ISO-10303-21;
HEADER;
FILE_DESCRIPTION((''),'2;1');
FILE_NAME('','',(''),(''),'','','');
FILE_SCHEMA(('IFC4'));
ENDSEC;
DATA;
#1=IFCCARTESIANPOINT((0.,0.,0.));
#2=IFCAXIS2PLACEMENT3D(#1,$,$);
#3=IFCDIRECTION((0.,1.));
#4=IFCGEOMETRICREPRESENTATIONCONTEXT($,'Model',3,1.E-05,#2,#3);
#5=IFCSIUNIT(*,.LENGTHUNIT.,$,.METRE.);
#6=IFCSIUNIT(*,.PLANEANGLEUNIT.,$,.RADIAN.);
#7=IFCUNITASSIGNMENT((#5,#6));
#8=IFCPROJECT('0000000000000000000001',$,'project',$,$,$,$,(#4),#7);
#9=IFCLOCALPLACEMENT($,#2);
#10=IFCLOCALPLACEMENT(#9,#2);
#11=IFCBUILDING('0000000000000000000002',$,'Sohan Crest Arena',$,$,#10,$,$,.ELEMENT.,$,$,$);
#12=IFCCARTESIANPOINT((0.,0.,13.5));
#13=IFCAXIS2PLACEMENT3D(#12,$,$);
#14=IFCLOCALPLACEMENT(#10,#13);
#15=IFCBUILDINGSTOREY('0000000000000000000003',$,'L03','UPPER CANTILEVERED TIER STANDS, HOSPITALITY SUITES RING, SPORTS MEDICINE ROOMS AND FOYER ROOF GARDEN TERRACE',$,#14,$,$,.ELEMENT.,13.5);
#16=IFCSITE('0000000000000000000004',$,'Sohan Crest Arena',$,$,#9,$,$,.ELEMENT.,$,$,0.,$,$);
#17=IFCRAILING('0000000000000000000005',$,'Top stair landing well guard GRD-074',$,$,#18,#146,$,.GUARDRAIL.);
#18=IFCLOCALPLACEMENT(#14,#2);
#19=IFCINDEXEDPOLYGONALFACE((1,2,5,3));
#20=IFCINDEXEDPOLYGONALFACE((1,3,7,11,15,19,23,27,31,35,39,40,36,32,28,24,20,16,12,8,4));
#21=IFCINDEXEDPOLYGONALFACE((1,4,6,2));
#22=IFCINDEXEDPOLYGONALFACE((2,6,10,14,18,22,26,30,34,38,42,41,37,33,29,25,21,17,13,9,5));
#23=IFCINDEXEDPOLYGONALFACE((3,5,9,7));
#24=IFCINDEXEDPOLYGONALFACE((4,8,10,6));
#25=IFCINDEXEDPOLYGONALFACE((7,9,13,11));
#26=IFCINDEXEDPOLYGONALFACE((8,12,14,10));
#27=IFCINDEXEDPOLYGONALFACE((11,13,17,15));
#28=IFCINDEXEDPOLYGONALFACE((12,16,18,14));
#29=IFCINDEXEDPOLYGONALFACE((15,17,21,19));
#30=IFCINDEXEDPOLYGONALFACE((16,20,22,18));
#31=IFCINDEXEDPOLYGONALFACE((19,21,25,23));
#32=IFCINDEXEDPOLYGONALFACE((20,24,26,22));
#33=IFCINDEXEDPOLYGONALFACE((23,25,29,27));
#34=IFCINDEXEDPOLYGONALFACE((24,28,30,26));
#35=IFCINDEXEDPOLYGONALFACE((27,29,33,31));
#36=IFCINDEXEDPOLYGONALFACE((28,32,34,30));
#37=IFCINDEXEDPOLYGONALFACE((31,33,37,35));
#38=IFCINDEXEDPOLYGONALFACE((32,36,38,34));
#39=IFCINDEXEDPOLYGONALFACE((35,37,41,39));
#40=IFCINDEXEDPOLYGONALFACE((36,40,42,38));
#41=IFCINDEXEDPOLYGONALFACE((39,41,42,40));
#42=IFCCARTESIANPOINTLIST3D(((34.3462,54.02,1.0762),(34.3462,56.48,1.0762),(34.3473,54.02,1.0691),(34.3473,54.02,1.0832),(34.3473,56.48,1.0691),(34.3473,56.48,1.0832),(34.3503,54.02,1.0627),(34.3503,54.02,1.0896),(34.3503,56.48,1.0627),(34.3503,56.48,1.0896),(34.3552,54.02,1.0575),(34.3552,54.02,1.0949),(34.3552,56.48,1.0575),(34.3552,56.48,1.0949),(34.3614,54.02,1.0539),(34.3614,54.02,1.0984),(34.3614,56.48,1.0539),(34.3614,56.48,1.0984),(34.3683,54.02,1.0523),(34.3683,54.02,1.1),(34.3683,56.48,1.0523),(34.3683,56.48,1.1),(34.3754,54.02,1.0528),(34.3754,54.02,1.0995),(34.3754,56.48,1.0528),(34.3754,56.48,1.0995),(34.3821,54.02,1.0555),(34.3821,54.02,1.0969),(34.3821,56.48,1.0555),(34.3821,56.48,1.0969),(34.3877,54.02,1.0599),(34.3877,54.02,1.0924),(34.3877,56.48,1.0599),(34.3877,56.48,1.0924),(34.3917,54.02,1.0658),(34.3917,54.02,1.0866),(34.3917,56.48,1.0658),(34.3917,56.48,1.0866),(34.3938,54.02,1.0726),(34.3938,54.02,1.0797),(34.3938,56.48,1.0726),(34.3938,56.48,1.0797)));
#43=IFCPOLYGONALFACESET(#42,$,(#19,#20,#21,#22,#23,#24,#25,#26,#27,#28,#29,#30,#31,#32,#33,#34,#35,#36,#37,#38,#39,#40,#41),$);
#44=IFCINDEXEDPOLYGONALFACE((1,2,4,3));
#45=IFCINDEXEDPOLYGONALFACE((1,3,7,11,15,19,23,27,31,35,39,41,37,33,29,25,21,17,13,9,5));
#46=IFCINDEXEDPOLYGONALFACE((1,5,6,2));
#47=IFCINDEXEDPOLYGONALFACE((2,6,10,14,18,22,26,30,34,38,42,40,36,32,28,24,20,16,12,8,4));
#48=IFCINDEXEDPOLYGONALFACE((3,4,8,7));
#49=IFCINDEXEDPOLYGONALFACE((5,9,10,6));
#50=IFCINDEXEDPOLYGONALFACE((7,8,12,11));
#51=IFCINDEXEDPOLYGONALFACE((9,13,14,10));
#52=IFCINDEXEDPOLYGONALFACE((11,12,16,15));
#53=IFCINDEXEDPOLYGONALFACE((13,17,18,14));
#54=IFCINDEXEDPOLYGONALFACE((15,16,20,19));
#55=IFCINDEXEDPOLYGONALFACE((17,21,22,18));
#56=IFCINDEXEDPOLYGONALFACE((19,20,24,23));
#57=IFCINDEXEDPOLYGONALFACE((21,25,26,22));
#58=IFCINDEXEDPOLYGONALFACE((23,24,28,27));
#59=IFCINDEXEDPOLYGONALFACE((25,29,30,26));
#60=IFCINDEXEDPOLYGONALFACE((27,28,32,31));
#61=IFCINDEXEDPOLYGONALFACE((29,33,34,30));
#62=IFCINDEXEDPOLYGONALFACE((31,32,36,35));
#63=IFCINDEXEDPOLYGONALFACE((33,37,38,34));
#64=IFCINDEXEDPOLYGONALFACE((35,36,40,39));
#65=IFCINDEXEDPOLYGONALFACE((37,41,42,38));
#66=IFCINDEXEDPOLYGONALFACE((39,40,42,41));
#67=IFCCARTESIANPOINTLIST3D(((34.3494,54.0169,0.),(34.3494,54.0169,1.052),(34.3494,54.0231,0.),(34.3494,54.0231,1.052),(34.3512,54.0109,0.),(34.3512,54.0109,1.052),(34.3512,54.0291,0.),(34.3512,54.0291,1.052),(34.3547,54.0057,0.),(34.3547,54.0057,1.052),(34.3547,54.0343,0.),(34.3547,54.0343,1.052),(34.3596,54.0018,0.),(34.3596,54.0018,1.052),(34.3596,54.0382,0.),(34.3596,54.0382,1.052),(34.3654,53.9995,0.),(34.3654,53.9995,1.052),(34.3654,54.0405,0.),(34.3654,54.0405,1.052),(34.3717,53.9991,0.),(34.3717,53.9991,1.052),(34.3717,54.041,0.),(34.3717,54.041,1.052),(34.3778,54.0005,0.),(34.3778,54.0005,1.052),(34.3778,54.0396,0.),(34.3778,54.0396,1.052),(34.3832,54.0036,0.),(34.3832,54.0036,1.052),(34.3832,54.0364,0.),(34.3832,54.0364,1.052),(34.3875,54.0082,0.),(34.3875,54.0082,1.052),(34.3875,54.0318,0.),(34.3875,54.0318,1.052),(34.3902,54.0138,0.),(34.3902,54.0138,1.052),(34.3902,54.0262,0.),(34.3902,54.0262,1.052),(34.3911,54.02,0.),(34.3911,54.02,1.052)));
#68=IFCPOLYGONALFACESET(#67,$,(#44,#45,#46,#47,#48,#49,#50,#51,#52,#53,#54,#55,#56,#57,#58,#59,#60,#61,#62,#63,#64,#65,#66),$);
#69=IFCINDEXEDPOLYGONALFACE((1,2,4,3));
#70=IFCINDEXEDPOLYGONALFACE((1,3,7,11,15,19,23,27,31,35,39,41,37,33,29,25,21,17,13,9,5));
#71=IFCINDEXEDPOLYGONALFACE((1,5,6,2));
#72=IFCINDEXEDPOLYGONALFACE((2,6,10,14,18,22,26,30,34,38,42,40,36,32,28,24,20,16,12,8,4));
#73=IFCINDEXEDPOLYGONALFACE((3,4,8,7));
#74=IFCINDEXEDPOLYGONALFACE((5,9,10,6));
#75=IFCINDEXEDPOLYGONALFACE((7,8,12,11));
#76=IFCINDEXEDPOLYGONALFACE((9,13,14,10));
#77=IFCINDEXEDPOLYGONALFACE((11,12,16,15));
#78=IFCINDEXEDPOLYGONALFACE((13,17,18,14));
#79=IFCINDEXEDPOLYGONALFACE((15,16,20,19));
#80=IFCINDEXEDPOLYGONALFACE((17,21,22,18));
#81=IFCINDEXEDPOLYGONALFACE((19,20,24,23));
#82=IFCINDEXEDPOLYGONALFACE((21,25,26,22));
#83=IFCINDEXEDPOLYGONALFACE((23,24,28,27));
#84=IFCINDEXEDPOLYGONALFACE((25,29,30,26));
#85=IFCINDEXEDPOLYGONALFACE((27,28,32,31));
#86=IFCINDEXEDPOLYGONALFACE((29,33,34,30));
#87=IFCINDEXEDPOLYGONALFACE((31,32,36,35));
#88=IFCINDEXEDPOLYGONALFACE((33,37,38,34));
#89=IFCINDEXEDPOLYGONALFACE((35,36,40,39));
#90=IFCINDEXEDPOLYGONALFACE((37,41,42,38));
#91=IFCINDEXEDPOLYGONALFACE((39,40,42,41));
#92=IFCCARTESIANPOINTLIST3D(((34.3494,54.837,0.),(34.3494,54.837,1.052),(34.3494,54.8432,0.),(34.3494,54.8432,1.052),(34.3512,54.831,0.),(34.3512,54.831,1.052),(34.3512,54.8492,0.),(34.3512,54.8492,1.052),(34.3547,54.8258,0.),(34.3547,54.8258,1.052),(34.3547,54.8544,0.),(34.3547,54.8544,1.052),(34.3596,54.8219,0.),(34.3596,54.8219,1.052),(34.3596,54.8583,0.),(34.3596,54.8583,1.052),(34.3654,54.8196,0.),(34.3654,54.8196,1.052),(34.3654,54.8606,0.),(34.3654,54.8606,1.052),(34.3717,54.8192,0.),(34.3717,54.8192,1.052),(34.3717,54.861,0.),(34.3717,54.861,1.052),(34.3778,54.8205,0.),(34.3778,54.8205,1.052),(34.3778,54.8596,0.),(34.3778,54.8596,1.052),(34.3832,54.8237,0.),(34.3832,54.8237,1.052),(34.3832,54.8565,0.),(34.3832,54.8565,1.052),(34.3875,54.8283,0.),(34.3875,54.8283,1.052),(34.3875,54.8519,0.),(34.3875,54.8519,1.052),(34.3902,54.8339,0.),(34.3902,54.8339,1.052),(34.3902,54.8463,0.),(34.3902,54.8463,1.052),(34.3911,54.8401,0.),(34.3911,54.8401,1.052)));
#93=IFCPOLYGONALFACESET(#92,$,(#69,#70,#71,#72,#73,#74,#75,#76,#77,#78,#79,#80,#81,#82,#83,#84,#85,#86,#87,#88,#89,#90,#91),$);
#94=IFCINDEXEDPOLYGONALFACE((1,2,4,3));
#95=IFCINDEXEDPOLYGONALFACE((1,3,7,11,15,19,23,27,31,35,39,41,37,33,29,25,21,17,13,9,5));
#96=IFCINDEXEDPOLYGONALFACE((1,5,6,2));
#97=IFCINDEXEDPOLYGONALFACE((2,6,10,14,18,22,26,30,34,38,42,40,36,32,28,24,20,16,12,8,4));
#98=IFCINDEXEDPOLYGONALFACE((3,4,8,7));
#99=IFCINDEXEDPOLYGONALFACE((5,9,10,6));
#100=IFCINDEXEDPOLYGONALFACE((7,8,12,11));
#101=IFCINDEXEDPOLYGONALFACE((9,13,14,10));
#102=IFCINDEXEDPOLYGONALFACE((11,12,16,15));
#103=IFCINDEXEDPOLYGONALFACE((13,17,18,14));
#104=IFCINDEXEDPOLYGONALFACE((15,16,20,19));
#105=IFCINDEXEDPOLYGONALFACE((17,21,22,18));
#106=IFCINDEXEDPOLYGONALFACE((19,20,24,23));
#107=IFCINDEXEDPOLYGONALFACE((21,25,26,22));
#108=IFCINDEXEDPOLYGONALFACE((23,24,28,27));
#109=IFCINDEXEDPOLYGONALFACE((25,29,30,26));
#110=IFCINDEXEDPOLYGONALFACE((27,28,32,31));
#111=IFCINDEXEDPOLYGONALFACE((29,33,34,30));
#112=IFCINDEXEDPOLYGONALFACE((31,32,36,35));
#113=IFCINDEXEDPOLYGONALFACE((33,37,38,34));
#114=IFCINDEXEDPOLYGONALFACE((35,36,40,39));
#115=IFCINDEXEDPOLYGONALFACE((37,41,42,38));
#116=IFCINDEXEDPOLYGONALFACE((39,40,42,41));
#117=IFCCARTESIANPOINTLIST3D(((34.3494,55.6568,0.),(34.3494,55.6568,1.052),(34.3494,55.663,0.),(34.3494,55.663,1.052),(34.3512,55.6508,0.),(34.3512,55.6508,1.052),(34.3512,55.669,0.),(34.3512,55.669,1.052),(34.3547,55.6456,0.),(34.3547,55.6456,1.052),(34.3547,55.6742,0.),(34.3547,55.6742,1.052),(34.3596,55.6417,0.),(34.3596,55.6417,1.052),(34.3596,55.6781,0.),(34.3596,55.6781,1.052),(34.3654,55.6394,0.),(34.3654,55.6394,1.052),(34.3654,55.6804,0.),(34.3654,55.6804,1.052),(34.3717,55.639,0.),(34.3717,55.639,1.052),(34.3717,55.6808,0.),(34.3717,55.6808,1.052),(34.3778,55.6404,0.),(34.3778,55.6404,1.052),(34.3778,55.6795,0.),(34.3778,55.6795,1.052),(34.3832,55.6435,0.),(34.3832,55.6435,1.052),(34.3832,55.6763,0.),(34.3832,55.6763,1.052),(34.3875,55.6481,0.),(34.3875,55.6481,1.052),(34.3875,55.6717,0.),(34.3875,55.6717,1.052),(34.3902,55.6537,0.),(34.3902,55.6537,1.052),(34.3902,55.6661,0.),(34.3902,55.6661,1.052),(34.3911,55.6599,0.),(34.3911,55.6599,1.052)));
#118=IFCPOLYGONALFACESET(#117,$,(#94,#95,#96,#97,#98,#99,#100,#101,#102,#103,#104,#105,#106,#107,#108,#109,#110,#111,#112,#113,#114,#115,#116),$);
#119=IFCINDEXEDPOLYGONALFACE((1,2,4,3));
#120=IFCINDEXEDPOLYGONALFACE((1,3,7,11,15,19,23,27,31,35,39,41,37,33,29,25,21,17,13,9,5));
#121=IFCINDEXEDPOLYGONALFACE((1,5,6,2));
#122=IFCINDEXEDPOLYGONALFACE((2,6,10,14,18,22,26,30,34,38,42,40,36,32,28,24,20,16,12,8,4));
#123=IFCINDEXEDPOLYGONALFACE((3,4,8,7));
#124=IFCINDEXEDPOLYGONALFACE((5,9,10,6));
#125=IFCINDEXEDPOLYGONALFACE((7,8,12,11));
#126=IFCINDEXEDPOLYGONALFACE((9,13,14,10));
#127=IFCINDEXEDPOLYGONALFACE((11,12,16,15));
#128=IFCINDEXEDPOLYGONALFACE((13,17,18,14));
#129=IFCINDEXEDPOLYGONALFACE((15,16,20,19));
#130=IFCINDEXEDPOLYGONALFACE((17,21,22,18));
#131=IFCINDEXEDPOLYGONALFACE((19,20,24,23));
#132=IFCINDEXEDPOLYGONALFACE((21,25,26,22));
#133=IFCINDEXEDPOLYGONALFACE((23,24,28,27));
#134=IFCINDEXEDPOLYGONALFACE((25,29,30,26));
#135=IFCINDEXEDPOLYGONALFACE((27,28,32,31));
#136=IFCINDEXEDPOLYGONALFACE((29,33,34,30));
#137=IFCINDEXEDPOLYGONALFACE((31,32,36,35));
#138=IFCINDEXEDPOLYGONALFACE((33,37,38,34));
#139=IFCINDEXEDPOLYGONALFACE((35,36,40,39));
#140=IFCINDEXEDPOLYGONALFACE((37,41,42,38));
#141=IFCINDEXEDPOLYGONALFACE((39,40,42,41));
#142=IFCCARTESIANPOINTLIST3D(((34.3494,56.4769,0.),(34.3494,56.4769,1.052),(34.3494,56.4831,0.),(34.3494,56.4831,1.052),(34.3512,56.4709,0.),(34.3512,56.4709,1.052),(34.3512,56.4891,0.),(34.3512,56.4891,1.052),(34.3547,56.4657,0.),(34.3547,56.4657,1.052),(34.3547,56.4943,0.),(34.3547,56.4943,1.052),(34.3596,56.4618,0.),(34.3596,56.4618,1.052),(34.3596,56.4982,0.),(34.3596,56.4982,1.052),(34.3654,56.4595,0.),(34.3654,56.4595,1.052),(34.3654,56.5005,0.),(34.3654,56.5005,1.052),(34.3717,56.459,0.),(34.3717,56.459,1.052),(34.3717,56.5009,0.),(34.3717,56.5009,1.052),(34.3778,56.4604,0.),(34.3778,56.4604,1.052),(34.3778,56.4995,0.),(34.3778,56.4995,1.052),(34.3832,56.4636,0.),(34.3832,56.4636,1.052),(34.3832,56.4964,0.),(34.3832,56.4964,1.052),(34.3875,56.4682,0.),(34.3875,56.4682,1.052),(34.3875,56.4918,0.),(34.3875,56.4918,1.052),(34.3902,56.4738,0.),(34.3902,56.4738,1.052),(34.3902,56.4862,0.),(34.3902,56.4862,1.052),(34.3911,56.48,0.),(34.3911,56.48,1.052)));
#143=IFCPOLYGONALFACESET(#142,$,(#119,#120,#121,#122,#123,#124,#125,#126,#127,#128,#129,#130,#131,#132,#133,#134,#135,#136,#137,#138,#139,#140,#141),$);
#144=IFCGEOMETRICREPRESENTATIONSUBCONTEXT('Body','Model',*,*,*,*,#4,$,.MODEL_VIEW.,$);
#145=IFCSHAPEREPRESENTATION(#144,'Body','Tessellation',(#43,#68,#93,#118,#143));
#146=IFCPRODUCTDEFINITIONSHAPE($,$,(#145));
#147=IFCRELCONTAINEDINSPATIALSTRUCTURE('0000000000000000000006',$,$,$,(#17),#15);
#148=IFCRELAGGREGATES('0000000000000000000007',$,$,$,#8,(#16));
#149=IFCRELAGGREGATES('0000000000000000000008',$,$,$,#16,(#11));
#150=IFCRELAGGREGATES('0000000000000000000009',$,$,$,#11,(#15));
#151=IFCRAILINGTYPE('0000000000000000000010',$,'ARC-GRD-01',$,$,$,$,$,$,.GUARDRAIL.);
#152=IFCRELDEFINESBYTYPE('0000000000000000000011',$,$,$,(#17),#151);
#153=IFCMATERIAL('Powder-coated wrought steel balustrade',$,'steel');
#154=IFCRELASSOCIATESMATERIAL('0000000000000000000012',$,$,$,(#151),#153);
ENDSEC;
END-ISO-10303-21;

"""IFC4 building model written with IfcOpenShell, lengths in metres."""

from ifc_helpers import new_model, si_unit, direction, frame, origin, origin_2d, place, context, subcontext, project, spatial, circle, extrude, material, type_object, element, save


model = new_model("IFC4")

# Units and contexts
model_context = context("Model", 3, precision=1e-05, world=origin(), true_north=direction((0.0, 1.0)))
body_context = subcontext(model_context, "Body", "Model", "MODEL_VIEW")
ifc_project = project(units=[si_unit("LENGTHUNIT", "METRE"), si_unit("PLANEANGLEUNIT", "RADIAN")], contexts=[model_context])

# Site, building, storey
site_placement = place(None, origin())
site = spatial("IfcSite", under=ifc_project, at=site_placement, Name="Sohan Crest Arena", CompositionType="ELEMENT", RefElevation=0.0)
building_placement = place(site_placement, origin())
building = spatial("IfcBuilding", under=site, at=building_placement, Name="Sohan Crest Arena", CompositionType="ELEMENT")
storey_placement = place(building_placement, frame((0.0, 0.0, 13.5)))
storey = spatial("IfcBuildingStorey", under=building, at=storey_placement, Name="L03", Description="UPPER CANTILEVERED TIER STANDS, HOSPITALITY SUITES RING, SPORTS MEDICINE ROOMS AND FOYER ROOF GARDEN TERRACE", CompositionType="ELEMENT", Elevation=13.5)

# Railing
ifc_material_1 = material(Name="Powder-coated wrought steel balustrade", Category="steel")
railing_type = type_object("IfcRailingType", Name="ARC-GRD-01", PredefinedType="GUARDRAIL", material=ifc_material_1)
railing_1_placement = place(storey_placement, frame((34.3701, 54.02, 0.0)))
element("IfcRailing", 1, at=railing_1_placement, inside=storey, type_object=railing_type, Name="Top stair landing well guard GRD-074", PredefinedType="GUARDRAIL", context=body_context, shape_type="SweptSolid", body=[
    extrude(circle(Radius=0.0239, at=origin_2d()), frame((0.0, 0.0, 1.0762), z_axis=(0.0, 1.0, 0.0), x_axis=(-1.0, 0.0, 0.0)), (0.0, 0.0, 1.0), 2.46),
    extrude(circle(Radius=0.021, at=origin_2d()), origin(), (0.0, 0.0, 1.0), 1.052),
    extrude(circle(Radius=0.021, at=origin_2d()), frame((0.0, 0.8201, 0.0)), (0.0, 0.0, 1.0), 1.052),
    extrude(circle(Radius=0.021, at=origin_2d()), frame((0.0, 1.6399, 0.0)), (0.0, 0.0, 1.0), 1.052),
    extrude(circle(Radius=0.021, at=origin_2d()), frame((0.0, 2.46, 0.0)), (0.0, 0.0, 1.0), 1.052),
])

save(model, "model.ifc")
